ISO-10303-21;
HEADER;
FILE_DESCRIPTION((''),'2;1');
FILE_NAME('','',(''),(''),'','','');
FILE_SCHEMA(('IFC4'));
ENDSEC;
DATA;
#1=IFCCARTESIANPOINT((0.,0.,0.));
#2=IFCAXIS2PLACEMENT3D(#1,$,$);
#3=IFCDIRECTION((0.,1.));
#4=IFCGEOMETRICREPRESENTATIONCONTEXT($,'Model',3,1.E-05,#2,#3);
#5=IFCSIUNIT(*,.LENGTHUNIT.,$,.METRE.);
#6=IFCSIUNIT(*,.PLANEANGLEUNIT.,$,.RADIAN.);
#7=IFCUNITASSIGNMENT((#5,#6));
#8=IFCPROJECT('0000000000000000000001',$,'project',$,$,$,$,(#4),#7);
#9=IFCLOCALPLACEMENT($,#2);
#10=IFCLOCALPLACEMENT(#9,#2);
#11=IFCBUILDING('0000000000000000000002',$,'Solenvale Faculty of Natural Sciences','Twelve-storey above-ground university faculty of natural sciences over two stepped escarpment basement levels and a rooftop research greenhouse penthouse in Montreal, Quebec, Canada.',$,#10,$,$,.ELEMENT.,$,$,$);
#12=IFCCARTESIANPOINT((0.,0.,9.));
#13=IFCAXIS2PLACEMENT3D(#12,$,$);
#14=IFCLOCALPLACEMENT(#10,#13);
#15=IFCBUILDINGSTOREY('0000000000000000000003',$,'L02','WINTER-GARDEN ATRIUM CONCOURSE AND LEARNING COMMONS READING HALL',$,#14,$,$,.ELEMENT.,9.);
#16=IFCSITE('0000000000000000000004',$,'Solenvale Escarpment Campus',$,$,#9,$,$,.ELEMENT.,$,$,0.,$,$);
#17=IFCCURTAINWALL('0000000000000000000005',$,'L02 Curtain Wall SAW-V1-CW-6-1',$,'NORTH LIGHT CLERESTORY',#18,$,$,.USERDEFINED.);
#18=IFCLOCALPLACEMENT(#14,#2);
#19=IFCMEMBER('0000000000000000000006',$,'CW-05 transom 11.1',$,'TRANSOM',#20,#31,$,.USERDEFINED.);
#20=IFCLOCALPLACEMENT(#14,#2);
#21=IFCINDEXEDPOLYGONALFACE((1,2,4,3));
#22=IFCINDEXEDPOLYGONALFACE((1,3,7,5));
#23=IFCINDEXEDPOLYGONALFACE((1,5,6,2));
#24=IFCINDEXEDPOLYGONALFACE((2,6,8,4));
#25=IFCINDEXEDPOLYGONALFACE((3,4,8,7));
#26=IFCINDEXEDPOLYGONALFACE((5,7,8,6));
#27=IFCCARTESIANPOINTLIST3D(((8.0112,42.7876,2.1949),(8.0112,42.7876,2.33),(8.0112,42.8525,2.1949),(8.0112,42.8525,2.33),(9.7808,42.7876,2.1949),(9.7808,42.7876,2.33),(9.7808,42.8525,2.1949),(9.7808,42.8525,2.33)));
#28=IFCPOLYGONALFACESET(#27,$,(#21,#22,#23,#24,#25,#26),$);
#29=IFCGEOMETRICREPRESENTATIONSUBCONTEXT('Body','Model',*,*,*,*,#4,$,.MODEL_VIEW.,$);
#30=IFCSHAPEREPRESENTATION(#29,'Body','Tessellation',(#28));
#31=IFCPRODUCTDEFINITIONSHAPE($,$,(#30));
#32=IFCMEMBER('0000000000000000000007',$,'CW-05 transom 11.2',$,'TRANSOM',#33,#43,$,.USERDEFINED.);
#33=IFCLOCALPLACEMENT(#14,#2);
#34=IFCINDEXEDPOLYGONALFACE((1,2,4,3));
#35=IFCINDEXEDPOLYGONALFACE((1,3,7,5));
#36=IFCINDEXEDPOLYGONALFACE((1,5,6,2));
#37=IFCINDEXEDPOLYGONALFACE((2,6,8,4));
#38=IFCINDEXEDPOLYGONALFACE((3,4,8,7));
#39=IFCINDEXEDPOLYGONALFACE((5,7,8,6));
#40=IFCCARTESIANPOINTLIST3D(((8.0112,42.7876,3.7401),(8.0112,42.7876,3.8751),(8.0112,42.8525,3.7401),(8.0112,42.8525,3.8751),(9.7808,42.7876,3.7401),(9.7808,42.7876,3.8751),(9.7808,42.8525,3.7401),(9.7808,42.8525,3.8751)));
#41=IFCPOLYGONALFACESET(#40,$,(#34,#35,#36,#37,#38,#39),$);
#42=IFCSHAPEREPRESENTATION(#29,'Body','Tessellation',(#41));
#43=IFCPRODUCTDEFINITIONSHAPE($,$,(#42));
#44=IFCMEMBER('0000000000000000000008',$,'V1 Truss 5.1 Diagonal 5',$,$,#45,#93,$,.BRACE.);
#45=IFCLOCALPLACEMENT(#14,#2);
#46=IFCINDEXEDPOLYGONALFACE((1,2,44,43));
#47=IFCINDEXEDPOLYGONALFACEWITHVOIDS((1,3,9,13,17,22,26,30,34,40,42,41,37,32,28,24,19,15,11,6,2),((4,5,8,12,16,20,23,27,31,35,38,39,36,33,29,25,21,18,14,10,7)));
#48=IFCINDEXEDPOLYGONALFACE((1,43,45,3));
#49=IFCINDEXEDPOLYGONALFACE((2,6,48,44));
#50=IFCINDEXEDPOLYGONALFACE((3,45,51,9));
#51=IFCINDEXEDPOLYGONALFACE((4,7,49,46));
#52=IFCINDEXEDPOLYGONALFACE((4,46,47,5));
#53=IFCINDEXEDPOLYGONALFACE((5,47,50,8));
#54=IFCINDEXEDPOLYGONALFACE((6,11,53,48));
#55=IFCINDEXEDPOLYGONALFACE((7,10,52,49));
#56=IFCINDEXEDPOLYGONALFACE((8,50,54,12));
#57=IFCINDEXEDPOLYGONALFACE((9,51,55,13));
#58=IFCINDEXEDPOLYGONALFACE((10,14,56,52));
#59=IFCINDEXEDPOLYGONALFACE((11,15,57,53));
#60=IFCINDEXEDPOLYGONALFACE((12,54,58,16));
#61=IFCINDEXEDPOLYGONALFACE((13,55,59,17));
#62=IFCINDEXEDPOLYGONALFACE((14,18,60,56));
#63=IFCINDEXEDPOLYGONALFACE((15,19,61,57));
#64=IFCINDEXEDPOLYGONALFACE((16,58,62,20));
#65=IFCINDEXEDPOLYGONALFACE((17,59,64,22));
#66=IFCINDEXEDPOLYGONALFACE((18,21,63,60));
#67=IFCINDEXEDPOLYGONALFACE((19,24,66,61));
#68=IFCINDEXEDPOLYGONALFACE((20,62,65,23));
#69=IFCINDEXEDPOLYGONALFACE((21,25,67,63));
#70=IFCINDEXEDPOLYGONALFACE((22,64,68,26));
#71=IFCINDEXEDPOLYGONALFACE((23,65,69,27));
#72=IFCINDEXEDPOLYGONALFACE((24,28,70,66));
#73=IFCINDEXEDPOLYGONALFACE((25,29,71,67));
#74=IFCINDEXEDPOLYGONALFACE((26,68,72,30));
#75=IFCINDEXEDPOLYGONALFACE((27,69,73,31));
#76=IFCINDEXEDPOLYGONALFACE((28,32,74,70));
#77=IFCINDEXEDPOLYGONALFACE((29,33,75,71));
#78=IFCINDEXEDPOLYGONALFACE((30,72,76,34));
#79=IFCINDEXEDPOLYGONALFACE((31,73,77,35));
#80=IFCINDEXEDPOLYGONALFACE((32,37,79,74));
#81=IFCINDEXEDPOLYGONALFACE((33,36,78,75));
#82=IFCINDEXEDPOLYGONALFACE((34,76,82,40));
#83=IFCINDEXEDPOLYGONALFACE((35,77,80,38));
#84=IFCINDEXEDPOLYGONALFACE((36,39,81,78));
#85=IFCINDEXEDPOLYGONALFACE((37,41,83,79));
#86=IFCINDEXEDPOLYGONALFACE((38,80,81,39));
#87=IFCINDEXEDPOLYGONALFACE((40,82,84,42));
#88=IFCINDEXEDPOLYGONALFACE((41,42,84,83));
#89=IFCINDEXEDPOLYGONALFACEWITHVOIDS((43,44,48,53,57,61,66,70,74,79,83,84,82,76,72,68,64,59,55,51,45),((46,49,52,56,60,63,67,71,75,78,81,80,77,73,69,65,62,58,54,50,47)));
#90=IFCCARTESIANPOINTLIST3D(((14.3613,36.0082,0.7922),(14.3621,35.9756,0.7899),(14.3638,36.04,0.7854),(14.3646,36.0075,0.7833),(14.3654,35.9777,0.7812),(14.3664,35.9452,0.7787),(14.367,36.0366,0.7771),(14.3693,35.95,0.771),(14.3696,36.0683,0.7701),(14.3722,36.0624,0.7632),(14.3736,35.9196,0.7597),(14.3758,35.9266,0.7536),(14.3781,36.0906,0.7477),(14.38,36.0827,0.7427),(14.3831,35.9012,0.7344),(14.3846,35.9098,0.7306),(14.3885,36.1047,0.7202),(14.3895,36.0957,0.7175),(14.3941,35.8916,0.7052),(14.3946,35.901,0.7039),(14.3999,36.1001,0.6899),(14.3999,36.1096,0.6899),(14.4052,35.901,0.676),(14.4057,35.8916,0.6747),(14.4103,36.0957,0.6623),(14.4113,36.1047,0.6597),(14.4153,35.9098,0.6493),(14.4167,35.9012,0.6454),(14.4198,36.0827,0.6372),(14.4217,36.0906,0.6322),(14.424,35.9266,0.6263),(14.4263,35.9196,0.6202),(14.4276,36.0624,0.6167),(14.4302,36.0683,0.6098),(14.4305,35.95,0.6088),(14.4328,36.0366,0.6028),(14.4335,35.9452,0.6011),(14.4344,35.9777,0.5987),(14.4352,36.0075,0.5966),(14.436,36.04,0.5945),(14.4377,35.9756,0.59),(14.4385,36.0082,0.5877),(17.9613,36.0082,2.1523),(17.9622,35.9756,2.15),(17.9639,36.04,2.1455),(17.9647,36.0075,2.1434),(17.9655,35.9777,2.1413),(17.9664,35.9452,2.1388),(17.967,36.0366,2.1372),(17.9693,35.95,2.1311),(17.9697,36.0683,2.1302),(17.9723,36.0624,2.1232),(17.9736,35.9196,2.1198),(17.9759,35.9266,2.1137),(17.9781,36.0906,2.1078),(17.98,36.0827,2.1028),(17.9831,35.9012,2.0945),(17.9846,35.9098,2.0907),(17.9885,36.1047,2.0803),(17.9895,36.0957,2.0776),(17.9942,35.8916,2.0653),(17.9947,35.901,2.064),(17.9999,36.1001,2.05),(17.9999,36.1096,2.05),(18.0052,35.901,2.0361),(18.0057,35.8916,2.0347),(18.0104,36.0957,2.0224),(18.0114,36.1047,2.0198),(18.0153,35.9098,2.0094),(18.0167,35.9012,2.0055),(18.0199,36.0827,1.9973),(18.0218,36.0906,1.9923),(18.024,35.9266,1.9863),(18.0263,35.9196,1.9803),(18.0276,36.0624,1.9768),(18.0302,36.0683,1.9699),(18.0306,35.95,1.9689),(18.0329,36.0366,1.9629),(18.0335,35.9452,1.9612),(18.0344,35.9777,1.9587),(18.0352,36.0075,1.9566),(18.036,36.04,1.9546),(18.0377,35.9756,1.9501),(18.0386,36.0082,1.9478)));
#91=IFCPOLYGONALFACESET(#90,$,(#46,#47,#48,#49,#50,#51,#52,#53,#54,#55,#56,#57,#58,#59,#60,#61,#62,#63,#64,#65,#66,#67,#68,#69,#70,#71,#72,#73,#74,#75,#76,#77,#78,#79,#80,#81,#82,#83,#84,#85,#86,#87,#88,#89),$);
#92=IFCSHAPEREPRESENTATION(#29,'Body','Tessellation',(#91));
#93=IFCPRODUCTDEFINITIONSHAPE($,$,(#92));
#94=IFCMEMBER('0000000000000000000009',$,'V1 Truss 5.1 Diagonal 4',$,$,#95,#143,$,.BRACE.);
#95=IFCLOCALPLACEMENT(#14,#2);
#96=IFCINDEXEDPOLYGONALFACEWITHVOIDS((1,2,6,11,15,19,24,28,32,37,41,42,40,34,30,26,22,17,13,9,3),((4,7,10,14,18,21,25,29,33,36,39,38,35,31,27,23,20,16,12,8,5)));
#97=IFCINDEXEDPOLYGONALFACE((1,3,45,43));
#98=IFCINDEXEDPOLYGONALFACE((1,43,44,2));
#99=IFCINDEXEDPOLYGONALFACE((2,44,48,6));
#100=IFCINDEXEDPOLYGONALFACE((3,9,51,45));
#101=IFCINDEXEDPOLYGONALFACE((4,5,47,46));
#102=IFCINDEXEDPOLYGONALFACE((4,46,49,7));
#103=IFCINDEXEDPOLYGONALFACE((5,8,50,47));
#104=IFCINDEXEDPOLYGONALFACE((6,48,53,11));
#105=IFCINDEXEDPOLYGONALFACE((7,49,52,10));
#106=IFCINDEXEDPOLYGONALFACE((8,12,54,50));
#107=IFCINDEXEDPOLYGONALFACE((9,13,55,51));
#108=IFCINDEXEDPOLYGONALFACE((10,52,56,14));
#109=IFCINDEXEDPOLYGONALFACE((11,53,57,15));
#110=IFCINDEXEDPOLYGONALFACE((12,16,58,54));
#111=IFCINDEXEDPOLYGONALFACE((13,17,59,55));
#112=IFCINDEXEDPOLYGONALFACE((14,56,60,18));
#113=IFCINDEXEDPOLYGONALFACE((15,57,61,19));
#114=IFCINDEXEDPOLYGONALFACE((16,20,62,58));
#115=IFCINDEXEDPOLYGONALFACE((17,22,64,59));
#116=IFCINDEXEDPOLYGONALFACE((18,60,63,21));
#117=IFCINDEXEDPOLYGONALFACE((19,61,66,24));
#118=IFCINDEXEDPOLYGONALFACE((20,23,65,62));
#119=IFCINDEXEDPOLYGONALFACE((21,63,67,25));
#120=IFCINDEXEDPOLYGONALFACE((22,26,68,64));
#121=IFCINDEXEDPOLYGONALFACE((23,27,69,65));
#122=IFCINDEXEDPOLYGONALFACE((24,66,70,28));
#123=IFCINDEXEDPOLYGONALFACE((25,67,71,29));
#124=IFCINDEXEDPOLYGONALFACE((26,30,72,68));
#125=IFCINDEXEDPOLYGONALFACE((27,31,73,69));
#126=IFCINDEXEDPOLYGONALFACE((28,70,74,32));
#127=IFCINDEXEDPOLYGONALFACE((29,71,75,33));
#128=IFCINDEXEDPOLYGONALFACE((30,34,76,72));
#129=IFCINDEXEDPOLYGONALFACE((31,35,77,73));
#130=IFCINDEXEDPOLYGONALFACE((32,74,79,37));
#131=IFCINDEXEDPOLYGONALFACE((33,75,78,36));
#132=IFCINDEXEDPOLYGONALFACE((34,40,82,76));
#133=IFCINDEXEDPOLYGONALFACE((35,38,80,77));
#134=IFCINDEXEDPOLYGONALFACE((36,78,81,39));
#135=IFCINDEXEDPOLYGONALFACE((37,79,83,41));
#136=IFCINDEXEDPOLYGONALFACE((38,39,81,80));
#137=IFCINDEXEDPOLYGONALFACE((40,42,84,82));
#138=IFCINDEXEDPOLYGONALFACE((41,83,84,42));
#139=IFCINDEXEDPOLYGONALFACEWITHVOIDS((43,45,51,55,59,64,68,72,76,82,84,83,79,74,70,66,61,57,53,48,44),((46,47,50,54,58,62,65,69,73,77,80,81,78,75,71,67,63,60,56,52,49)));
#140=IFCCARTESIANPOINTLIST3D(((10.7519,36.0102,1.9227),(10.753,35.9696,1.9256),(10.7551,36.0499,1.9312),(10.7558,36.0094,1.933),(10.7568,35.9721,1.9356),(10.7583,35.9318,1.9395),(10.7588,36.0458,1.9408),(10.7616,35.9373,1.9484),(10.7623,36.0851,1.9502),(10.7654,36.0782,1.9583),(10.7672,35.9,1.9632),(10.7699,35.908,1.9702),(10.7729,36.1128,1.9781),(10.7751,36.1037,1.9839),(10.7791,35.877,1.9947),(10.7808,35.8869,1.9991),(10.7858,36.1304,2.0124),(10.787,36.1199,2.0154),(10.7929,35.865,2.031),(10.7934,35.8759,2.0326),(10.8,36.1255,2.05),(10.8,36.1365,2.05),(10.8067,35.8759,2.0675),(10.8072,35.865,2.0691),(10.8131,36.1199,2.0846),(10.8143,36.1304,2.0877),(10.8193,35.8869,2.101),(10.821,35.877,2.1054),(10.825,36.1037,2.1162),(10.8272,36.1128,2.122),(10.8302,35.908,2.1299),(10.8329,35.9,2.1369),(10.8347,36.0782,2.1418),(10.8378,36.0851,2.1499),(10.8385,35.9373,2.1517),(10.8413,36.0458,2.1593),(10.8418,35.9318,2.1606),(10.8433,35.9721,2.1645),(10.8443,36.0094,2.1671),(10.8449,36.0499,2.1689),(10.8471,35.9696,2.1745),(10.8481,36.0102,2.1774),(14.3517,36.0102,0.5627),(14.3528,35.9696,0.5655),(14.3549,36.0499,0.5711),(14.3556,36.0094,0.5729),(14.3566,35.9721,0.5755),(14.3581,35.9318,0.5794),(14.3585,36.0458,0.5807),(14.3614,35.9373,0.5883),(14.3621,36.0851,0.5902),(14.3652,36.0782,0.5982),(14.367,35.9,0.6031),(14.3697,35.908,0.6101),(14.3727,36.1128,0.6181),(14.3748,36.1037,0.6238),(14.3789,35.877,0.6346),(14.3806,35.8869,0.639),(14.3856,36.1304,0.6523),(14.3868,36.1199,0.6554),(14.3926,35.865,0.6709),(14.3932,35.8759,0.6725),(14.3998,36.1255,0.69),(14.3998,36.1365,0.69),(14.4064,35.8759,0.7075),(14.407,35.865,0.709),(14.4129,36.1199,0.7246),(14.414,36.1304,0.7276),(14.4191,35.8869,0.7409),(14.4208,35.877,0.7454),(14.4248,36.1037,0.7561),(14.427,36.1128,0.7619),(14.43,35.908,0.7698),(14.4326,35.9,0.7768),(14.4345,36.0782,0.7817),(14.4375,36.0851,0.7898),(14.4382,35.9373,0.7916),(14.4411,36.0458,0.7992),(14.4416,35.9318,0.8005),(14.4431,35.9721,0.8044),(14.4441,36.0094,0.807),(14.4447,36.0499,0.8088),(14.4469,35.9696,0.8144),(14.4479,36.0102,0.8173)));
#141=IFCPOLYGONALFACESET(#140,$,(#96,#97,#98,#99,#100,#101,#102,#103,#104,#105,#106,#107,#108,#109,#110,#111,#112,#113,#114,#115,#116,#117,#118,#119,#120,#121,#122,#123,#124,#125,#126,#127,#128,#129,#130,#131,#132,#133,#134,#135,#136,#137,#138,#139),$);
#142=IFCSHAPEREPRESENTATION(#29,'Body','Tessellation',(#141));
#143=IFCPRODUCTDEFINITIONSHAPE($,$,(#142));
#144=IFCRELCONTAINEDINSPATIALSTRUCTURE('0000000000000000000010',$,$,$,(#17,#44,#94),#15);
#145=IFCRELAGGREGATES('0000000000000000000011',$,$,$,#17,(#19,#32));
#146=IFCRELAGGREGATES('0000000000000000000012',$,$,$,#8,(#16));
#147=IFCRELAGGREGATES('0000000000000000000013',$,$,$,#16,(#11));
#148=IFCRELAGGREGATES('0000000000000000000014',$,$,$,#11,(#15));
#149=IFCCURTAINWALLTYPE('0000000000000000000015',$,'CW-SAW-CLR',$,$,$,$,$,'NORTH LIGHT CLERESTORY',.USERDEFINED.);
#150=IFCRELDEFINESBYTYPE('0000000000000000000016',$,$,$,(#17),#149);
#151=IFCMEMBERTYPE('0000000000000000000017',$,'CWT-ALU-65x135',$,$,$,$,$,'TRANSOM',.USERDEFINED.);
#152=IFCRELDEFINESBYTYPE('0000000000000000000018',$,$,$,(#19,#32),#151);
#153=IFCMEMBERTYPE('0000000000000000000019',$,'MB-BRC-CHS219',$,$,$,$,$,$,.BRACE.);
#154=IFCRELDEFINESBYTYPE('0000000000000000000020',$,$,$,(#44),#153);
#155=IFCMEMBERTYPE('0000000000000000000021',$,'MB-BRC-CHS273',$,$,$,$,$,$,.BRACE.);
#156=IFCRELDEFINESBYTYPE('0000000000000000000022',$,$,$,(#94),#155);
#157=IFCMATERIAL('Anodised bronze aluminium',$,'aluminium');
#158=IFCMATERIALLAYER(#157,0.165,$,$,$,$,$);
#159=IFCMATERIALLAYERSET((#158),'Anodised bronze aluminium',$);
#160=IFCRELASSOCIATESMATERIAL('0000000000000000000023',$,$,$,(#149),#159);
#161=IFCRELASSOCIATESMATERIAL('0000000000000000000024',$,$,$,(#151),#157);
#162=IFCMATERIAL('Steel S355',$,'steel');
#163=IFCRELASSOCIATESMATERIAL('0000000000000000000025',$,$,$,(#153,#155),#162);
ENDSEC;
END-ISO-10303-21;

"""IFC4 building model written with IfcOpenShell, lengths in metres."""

from ifc_helpers import new_model, si_unit, direction, frame, origin, origin_2d, place, context, subcontext, project, spatial, rectangle, hollow_circle, extrude, material, layer, layer_set, material_profile, profile_set, type_object, element, aggregate, save


model = new_model("IFC4")

# Units and contexts
model_context = context("Model", 3, precision=1e-05, world=origin(), true_north=direction((0.0, 1.0)))
body_context = subcontext(model_context, "Body", "Model", "MODEL_VIEW")
ifc_project = project(units=[si_unit("LENGTHUNIT", "METRE"), si_unit("PLANEANGLEUNIT", "RADIAN")], contexts=[model_context])

# Site, building, storey
site_placement = place(None, origin())
site = spatial("IfcSite", under=ifc_project, at=site_placement, Name="Solenvale Escarpment Campus", CompositionType="ELEMENT", RefElevation=0.0)
building_placement = place(site_placement, origin())
building = spatial("IfcBuilding", under=site, at=building_placement, Name="Solenvale Faculty of Natural Sciences", Description="Twelve-storey above-ground university faculty of natural sciences over two stepped escarpment basement levels and a rooftop research greenhouse penthouse in Montreal, Quebec, Canada.", CompositionType="ELEMENT")
storey_placement = place(building_placement, frame((0.0, 0.0, 9.0)))
storey = spatial("IfcBuildingStorey", under=building, at=storey_placement, Name="L02", Description="WINTER-GARDEN ATRIUM CONCOURSE AND LEARNING COMMONS READING HALL", CompositionType="ELEMENT", Elevation=9.0)

# Curtain wall
ifc_material_1 = material(Name="Anodised bronze aluminium", Category="aluminium")
ifc_layer_1 = layer(ifc_material_1, 0.165)
ifc_layer_set_1 = layer_set([ifc_layer_1], Name="Anodised bronze aluminium")
curtain_wall_type = type_object("IfcCurtainWallType", Name="CW-SAW-CLR", ElementType="NORTH LIGHT CLERESTORY", PredefinedType="USERDEFINED", material=ifc_layer_set_1)
curtain_wall_1_placement = place(storey_placement, origin())
curtain_wall_1 = element("IfcCurtainWall", 1, at=curtain_wall_1_placement, inside=storey, type_object=curtain_wall_type, Name="L02 Curtain Wall SAW-V1-CW-6-1", ObjectType="NORTH LIGHT CLERESTORY", PredefinedType="USERDEFINED")

# Members
ifc_material_profile_1 = material_profile(ifc_material_1, rectangle(XDim=0.0649, YDim=0.135, at=origin_2d()), Name="ALU-TRN-65x135")
ifc_profile_set_1 = profile_set([ifc_material_profile_1], Name="Anodised bronze aluminium")
member_type_1 = type_object("IfcMemberType", Name="CWT-ALU-65x135", ElementType="TRANSOM", PredefinedType="USERDEFINED", material=ifc_profile_set_1)
member_1_placement = place(storey_placement, frame((9.7808, 42.8201, 2.2625), z_axis=(-1.0, 0.0, 0.0), x_axis=(0.0, -1.0, 0.0)))
member_1 = element("IfcMember", 2, at=member_1_placement, type_object=member_type_1, Name="CW-05 transom 11.1", ObjectType="TRANSOM", PredefinedType="USERDEFINED", context=body_context, shape_type="SweptSolid", body=[
    extrude(rectangle(XDim=0.0649, YDim=0.135, at=origin_2d()), origin(), (0.0, 0.0, 1.0), 1.7695),
])
member_2_placement = place(storey_placement, frame((9.7808, 42.8201, 3.8076), z_axis=(-1.0, 0.0, 0.0), x_axis=(0.0, -1.0, 0.0)))
member_2 = element("IfcMember", 3, at=member_2_placement, type_object=member_type_1, Name="CW-05 transom 11.2", ObjectType="TRANSOM", PredefinedType="USERDEFINED", context=body_context, shape_type="SweptSolid", body=[
    extrude(rectangle(XDim=0.0649, YDim=0.135, at=origin_2d()), origin(), (0.0, 0.0, 1.0), 1.7695),
])

# Members
ifc_material_2 = material(Name="Steel S355", Category="steel")
ifc_material_profile_2 = material_profile(ifc_material_2, hollow_circle(Radius=0.1096, WallThickness=0.0095, at=origin_2d()), Name="HSS219x9.5")
ifc_profile_set_2 = profile_set([ifc_material_profile_2], Name="Steel S355")
member_type_2 = type_object("IfcMemberType", Name="MB-BRC-CHS219", PredefinedType="BRACE", material=ifc_profile_set_2)
member_3_placement = place(storey_placement, frame((14.3999, 36.0, 0.6899), z_axis=(0.935466, 0.0, 0.353417), x_axis=(0.0, 1.0, 0.0)))
element("IfcMember", 4, at=member_3_placement, inside=storey, type_object=member_type_2, Name="V1 Truss 5.1 Diagonal 5", PredefinedType="BRACE", context=body_context, shape_type="SweptSolid", body=[
    extrude(hollow_circle(Radius=0.1096, WallThickness=0.0095, at=origin_2d()), origin(), (0.0, 0.0, 1.0), 3.8484),
])
ifc_material_profile_3 = material_profile(ifc_material_2, hollow_circle(Radius=0.1365, WallThickness=0.011, at=origin_2d()), Name="HSS273x11")
ifc_profile_set_3 = profile_set([ifc_material_profile_3], Name="Steel S355")
member_type_3 = type_object("IfcMemberType", Name="MB-BRC-CHS273", PredefinedType="BRACE", material=ifc_profile_set_3)
member_4_placement = place(storey_placement, frame((10.8, 36.0, 2.05), z_axis=(0.935458, 0.0, -0.353438), x_axis=(0.0, 1.0, 0.0)))
element("IfcMember", 5, at=member_4_placement, inside=storey, type_object=member_type_3, Name="V1 Truss 5.1 Diagonal 4", PredefinedType="BRACE", context=body_context, shape_type="SweptSolid", body=[
    extrude(hollow_circle(Radius=0.1365, WallThickness=0.011, at=origin_2d()), origin(), (0.0, 0.0, 1.0), 3.8481),
])

aggregate(curtain_wall_1, [member_1, member_2])

save(model, "model.ifc")
